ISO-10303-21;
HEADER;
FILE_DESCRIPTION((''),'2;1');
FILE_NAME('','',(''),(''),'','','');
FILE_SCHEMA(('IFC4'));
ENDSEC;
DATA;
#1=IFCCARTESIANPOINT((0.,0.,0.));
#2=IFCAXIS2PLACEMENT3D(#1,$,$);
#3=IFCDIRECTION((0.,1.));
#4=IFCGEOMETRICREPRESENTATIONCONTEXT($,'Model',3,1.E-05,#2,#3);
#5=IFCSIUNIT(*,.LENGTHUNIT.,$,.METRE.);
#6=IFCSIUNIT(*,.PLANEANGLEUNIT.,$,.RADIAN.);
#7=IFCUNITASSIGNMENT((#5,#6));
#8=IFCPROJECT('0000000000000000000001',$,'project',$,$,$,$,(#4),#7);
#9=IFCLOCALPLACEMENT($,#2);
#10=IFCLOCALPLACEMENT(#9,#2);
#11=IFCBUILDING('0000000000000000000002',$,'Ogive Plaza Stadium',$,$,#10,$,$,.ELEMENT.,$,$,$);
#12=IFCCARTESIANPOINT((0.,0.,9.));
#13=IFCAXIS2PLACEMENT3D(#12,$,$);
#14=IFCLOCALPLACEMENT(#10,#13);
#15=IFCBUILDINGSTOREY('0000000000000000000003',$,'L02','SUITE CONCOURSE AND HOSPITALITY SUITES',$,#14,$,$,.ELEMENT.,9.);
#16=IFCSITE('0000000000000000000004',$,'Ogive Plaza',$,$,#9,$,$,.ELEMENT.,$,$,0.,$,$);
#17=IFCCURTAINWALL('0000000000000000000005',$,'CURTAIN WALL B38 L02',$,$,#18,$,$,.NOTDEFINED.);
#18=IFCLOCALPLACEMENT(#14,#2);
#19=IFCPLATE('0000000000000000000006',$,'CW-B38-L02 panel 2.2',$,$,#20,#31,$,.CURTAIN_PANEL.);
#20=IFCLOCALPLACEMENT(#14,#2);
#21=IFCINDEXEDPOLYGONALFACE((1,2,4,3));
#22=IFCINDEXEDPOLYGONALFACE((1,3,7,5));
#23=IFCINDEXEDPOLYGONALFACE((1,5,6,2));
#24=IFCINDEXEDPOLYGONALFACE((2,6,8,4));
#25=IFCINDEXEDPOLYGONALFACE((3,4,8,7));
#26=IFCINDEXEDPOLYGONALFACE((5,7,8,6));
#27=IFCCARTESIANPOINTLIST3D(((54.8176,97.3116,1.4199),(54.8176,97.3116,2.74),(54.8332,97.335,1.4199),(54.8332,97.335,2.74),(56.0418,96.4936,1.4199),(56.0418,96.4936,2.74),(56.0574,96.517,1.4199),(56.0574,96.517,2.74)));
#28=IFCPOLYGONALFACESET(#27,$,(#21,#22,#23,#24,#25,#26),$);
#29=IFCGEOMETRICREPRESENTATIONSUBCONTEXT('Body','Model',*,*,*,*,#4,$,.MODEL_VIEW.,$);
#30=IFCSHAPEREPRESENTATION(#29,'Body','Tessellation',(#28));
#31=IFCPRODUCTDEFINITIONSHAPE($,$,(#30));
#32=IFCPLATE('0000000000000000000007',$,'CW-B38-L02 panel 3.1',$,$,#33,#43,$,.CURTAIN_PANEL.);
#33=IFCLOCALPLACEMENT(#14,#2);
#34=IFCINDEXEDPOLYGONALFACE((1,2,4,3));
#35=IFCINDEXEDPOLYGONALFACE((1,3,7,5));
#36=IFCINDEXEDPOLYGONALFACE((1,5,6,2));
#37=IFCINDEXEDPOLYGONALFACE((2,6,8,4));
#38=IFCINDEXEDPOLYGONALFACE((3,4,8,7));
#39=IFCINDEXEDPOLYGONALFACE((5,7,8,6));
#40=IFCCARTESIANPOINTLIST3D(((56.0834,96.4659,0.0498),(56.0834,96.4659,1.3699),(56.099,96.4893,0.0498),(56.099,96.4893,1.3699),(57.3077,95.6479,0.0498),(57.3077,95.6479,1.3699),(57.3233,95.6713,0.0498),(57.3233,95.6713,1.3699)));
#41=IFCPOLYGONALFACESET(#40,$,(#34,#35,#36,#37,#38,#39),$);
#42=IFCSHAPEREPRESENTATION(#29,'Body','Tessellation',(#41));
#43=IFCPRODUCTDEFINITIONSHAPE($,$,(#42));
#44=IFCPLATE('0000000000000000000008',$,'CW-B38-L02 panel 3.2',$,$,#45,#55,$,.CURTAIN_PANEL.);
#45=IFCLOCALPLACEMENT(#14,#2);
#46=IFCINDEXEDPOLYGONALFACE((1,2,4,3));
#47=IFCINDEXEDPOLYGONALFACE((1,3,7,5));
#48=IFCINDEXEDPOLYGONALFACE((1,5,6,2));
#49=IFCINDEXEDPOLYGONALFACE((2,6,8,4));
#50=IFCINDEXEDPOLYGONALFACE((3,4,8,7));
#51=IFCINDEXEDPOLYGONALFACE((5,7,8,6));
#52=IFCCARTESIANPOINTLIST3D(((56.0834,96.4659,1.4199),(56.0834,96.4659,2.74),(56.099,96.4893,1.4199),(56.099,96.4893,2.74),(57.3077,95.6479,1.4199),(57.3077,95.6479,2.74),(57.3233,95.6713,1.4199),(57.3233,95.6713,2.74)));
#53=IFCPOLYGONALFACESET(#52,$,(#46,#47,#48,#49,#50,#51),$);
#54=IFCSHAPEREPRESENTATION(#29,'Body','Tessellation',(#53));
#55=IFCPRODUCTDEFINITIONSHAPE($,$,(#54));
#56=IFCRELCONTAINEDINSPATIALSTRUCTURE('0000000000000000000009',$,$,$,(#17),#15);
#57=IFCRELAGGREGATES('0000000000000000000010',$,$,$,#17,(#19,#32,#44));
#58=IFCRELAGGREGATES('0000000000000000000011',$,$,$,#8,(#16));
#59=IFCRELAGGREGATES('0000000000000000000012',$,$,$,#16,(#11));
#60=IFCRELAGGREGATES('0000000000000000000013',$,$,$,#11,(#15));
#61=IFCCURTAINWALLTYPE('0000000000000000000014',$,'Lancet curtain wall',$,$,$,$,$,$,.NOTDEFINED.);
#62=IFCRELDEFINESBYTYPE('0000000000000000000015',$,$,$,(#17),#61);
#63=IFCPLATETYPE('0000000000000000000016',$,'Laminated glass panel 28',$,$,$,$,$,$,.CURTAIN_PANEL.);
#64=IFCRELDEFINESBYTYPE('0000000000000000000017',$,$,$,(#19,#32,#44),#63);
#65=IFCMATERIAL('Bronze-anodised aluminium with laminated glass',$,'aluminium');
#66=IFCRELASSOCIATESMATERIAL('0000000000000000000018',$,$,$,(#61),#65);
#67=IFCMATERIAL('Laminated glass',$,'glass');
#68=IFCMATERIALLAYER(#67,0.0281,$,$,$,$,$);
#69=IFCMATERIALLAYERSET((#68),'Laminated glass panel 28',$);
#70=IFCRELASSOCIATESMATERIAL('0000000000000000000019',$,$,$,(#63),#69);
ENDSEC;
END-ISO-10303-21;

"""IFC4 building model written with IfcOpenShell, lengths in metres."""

from ifc_helpers import new_model, si_unit, direction, frame, origin, origin_2d, place, context, subcontext, project, spatial, rectangle, extrude, material, layer, layer_set, type_object, element, aggregate, save


model = new_model("IFC4")

# Units and contexts
model_context = context("Model", 3, precision=1e-05, world=origin(), true_north=direction((0.0, 1.0)))
body_context = subcontext(model_context, "Body", "Model", "MODEL_VIEW")
ifc_project = project(units=[si_unit("LENGTHUNIT", "METRE"), si_unit("PLANEANGLEUNIT", "RADIAN")], contexts=[model_context])

# Site, building, storey
site_placement = place(None, origin())
site = spatial("IfcSite", under=ifc_project, at=site_placement, Name="Ogive Plaza", CompositionType="ELEMENT", RefElevation=0.0)
building_placement = place(site_placement, origin())
building = spatial("IfcBuilding", under=site, at=building_placement, Name="Ogive Plaza Stadium", CompositionType="ELEMENT")
storey_placement = place(building_placement, frame((0.0, 0.0, 9.0)))
storey = spatial("IfcBuildingStorey", under=building, at=storey_placement, Name="L02", Description="SUITE CONCOURSE AND HOSPITALITY SUITES", CompositionType="ELEMENT", Elevation=9.0)

# Curtain wall
ifc_material_1 = material(Name="Bronze-anodised aluminium with laminated glass", Category="aluminium")
curtain_wall_type = type_object("IfcCurtainWallType", Name="Lancet curtain wall", PredefinedType="NOTDEFINED", material=ifc_material_1)
curtain_wall_1_placement = place(storey_placement, origin())
curtain_wall_1 = element("IfcCurtainWall", 1, at=curtain_wall_1_placement, inside=storey, type_object=curtain_wall_type, Name="CURTAIN WALL B38 L02", PredefinedType="NOTDEFINED")

# Plates
ifc_material_2 = material(Name="Laminated glass", Category="glass")
ifc_layer = layer(ifc_material_2, 0.0281)
ifc_layer_set = layer_set([ifc_layer], Name="Laminated glass panel 28")
plate_type = type_object("IfcPlateType", Name="Laminated glass panel 28", PredefinedType="CURTAIN_PANEL", material=ifc_layer_set)
plate_1_placement = place(storey_placement, frame((55.4375, 96.9143, 1.4199), z_axis=(0.0, 0.0, 1.0), x_axis=(0.83147, -0.55557, 0.0)))
plate_1 = element("IfcPlate", 2, at=plate_1_placement, type_object=plate_type, Name="CW-B38-L02 panel 2.2", PredefinedType="CURTAIN_PANEL", context=body_context, shape_type="SweptSolid", body=[
    extrude(rectangle(XDim=1.4724, YDim=0.0281, at=origin_2d()), origin(), (0.0, 0.0, 1.0), 1.3201),
])
plate_2_placement = place(storey_placement, frame((56.7034, 96.0686, 0.0498), z_axis=(0.0, 0.0, 1.0), x_axis=(0.83147, -0.55557, 0.0)))
plate_2 = element("IfcPlate", 3, at=plate_2_placement, type_object=plate_type, Name="CW-B38-L02 panel 3.1", PredefinedType="CURTAIN_PANEL", context=body_context, shape_type="SweptSolid", body=[
    extrude(rectangle(XDim=1.4724, YDim=0.0281, at=origin_2d()), origin(), (0.0, 0.0, 1.0), 1.3201),
])
plate_3_placement = place(storey_placement, frame((56.7034, 96.0686, 1.4199), z_axis=(0.0, 0.0, 1.0), x_axis=(0.83147, -0.55557, 0.0)))
plate_3 = element("IfcPlate", 4, at=plate_3_placement, type_object=plate_type, Name="CW-B38-L02 panel 3.2", PredefinedType="CURTAIN_PANEL", context=body_context, shape_type="SweptSolid", body=[
    extrude(rectangle(XDim=1.4724, YDim=0.0281, at=origin_2d()), origin(), (0.0, 0.0, 1.0), 1.3201),
])
aggregate(curtain_wall_1, [plate_1, plate_2, plate_3])

save(model, "model.ifc")
